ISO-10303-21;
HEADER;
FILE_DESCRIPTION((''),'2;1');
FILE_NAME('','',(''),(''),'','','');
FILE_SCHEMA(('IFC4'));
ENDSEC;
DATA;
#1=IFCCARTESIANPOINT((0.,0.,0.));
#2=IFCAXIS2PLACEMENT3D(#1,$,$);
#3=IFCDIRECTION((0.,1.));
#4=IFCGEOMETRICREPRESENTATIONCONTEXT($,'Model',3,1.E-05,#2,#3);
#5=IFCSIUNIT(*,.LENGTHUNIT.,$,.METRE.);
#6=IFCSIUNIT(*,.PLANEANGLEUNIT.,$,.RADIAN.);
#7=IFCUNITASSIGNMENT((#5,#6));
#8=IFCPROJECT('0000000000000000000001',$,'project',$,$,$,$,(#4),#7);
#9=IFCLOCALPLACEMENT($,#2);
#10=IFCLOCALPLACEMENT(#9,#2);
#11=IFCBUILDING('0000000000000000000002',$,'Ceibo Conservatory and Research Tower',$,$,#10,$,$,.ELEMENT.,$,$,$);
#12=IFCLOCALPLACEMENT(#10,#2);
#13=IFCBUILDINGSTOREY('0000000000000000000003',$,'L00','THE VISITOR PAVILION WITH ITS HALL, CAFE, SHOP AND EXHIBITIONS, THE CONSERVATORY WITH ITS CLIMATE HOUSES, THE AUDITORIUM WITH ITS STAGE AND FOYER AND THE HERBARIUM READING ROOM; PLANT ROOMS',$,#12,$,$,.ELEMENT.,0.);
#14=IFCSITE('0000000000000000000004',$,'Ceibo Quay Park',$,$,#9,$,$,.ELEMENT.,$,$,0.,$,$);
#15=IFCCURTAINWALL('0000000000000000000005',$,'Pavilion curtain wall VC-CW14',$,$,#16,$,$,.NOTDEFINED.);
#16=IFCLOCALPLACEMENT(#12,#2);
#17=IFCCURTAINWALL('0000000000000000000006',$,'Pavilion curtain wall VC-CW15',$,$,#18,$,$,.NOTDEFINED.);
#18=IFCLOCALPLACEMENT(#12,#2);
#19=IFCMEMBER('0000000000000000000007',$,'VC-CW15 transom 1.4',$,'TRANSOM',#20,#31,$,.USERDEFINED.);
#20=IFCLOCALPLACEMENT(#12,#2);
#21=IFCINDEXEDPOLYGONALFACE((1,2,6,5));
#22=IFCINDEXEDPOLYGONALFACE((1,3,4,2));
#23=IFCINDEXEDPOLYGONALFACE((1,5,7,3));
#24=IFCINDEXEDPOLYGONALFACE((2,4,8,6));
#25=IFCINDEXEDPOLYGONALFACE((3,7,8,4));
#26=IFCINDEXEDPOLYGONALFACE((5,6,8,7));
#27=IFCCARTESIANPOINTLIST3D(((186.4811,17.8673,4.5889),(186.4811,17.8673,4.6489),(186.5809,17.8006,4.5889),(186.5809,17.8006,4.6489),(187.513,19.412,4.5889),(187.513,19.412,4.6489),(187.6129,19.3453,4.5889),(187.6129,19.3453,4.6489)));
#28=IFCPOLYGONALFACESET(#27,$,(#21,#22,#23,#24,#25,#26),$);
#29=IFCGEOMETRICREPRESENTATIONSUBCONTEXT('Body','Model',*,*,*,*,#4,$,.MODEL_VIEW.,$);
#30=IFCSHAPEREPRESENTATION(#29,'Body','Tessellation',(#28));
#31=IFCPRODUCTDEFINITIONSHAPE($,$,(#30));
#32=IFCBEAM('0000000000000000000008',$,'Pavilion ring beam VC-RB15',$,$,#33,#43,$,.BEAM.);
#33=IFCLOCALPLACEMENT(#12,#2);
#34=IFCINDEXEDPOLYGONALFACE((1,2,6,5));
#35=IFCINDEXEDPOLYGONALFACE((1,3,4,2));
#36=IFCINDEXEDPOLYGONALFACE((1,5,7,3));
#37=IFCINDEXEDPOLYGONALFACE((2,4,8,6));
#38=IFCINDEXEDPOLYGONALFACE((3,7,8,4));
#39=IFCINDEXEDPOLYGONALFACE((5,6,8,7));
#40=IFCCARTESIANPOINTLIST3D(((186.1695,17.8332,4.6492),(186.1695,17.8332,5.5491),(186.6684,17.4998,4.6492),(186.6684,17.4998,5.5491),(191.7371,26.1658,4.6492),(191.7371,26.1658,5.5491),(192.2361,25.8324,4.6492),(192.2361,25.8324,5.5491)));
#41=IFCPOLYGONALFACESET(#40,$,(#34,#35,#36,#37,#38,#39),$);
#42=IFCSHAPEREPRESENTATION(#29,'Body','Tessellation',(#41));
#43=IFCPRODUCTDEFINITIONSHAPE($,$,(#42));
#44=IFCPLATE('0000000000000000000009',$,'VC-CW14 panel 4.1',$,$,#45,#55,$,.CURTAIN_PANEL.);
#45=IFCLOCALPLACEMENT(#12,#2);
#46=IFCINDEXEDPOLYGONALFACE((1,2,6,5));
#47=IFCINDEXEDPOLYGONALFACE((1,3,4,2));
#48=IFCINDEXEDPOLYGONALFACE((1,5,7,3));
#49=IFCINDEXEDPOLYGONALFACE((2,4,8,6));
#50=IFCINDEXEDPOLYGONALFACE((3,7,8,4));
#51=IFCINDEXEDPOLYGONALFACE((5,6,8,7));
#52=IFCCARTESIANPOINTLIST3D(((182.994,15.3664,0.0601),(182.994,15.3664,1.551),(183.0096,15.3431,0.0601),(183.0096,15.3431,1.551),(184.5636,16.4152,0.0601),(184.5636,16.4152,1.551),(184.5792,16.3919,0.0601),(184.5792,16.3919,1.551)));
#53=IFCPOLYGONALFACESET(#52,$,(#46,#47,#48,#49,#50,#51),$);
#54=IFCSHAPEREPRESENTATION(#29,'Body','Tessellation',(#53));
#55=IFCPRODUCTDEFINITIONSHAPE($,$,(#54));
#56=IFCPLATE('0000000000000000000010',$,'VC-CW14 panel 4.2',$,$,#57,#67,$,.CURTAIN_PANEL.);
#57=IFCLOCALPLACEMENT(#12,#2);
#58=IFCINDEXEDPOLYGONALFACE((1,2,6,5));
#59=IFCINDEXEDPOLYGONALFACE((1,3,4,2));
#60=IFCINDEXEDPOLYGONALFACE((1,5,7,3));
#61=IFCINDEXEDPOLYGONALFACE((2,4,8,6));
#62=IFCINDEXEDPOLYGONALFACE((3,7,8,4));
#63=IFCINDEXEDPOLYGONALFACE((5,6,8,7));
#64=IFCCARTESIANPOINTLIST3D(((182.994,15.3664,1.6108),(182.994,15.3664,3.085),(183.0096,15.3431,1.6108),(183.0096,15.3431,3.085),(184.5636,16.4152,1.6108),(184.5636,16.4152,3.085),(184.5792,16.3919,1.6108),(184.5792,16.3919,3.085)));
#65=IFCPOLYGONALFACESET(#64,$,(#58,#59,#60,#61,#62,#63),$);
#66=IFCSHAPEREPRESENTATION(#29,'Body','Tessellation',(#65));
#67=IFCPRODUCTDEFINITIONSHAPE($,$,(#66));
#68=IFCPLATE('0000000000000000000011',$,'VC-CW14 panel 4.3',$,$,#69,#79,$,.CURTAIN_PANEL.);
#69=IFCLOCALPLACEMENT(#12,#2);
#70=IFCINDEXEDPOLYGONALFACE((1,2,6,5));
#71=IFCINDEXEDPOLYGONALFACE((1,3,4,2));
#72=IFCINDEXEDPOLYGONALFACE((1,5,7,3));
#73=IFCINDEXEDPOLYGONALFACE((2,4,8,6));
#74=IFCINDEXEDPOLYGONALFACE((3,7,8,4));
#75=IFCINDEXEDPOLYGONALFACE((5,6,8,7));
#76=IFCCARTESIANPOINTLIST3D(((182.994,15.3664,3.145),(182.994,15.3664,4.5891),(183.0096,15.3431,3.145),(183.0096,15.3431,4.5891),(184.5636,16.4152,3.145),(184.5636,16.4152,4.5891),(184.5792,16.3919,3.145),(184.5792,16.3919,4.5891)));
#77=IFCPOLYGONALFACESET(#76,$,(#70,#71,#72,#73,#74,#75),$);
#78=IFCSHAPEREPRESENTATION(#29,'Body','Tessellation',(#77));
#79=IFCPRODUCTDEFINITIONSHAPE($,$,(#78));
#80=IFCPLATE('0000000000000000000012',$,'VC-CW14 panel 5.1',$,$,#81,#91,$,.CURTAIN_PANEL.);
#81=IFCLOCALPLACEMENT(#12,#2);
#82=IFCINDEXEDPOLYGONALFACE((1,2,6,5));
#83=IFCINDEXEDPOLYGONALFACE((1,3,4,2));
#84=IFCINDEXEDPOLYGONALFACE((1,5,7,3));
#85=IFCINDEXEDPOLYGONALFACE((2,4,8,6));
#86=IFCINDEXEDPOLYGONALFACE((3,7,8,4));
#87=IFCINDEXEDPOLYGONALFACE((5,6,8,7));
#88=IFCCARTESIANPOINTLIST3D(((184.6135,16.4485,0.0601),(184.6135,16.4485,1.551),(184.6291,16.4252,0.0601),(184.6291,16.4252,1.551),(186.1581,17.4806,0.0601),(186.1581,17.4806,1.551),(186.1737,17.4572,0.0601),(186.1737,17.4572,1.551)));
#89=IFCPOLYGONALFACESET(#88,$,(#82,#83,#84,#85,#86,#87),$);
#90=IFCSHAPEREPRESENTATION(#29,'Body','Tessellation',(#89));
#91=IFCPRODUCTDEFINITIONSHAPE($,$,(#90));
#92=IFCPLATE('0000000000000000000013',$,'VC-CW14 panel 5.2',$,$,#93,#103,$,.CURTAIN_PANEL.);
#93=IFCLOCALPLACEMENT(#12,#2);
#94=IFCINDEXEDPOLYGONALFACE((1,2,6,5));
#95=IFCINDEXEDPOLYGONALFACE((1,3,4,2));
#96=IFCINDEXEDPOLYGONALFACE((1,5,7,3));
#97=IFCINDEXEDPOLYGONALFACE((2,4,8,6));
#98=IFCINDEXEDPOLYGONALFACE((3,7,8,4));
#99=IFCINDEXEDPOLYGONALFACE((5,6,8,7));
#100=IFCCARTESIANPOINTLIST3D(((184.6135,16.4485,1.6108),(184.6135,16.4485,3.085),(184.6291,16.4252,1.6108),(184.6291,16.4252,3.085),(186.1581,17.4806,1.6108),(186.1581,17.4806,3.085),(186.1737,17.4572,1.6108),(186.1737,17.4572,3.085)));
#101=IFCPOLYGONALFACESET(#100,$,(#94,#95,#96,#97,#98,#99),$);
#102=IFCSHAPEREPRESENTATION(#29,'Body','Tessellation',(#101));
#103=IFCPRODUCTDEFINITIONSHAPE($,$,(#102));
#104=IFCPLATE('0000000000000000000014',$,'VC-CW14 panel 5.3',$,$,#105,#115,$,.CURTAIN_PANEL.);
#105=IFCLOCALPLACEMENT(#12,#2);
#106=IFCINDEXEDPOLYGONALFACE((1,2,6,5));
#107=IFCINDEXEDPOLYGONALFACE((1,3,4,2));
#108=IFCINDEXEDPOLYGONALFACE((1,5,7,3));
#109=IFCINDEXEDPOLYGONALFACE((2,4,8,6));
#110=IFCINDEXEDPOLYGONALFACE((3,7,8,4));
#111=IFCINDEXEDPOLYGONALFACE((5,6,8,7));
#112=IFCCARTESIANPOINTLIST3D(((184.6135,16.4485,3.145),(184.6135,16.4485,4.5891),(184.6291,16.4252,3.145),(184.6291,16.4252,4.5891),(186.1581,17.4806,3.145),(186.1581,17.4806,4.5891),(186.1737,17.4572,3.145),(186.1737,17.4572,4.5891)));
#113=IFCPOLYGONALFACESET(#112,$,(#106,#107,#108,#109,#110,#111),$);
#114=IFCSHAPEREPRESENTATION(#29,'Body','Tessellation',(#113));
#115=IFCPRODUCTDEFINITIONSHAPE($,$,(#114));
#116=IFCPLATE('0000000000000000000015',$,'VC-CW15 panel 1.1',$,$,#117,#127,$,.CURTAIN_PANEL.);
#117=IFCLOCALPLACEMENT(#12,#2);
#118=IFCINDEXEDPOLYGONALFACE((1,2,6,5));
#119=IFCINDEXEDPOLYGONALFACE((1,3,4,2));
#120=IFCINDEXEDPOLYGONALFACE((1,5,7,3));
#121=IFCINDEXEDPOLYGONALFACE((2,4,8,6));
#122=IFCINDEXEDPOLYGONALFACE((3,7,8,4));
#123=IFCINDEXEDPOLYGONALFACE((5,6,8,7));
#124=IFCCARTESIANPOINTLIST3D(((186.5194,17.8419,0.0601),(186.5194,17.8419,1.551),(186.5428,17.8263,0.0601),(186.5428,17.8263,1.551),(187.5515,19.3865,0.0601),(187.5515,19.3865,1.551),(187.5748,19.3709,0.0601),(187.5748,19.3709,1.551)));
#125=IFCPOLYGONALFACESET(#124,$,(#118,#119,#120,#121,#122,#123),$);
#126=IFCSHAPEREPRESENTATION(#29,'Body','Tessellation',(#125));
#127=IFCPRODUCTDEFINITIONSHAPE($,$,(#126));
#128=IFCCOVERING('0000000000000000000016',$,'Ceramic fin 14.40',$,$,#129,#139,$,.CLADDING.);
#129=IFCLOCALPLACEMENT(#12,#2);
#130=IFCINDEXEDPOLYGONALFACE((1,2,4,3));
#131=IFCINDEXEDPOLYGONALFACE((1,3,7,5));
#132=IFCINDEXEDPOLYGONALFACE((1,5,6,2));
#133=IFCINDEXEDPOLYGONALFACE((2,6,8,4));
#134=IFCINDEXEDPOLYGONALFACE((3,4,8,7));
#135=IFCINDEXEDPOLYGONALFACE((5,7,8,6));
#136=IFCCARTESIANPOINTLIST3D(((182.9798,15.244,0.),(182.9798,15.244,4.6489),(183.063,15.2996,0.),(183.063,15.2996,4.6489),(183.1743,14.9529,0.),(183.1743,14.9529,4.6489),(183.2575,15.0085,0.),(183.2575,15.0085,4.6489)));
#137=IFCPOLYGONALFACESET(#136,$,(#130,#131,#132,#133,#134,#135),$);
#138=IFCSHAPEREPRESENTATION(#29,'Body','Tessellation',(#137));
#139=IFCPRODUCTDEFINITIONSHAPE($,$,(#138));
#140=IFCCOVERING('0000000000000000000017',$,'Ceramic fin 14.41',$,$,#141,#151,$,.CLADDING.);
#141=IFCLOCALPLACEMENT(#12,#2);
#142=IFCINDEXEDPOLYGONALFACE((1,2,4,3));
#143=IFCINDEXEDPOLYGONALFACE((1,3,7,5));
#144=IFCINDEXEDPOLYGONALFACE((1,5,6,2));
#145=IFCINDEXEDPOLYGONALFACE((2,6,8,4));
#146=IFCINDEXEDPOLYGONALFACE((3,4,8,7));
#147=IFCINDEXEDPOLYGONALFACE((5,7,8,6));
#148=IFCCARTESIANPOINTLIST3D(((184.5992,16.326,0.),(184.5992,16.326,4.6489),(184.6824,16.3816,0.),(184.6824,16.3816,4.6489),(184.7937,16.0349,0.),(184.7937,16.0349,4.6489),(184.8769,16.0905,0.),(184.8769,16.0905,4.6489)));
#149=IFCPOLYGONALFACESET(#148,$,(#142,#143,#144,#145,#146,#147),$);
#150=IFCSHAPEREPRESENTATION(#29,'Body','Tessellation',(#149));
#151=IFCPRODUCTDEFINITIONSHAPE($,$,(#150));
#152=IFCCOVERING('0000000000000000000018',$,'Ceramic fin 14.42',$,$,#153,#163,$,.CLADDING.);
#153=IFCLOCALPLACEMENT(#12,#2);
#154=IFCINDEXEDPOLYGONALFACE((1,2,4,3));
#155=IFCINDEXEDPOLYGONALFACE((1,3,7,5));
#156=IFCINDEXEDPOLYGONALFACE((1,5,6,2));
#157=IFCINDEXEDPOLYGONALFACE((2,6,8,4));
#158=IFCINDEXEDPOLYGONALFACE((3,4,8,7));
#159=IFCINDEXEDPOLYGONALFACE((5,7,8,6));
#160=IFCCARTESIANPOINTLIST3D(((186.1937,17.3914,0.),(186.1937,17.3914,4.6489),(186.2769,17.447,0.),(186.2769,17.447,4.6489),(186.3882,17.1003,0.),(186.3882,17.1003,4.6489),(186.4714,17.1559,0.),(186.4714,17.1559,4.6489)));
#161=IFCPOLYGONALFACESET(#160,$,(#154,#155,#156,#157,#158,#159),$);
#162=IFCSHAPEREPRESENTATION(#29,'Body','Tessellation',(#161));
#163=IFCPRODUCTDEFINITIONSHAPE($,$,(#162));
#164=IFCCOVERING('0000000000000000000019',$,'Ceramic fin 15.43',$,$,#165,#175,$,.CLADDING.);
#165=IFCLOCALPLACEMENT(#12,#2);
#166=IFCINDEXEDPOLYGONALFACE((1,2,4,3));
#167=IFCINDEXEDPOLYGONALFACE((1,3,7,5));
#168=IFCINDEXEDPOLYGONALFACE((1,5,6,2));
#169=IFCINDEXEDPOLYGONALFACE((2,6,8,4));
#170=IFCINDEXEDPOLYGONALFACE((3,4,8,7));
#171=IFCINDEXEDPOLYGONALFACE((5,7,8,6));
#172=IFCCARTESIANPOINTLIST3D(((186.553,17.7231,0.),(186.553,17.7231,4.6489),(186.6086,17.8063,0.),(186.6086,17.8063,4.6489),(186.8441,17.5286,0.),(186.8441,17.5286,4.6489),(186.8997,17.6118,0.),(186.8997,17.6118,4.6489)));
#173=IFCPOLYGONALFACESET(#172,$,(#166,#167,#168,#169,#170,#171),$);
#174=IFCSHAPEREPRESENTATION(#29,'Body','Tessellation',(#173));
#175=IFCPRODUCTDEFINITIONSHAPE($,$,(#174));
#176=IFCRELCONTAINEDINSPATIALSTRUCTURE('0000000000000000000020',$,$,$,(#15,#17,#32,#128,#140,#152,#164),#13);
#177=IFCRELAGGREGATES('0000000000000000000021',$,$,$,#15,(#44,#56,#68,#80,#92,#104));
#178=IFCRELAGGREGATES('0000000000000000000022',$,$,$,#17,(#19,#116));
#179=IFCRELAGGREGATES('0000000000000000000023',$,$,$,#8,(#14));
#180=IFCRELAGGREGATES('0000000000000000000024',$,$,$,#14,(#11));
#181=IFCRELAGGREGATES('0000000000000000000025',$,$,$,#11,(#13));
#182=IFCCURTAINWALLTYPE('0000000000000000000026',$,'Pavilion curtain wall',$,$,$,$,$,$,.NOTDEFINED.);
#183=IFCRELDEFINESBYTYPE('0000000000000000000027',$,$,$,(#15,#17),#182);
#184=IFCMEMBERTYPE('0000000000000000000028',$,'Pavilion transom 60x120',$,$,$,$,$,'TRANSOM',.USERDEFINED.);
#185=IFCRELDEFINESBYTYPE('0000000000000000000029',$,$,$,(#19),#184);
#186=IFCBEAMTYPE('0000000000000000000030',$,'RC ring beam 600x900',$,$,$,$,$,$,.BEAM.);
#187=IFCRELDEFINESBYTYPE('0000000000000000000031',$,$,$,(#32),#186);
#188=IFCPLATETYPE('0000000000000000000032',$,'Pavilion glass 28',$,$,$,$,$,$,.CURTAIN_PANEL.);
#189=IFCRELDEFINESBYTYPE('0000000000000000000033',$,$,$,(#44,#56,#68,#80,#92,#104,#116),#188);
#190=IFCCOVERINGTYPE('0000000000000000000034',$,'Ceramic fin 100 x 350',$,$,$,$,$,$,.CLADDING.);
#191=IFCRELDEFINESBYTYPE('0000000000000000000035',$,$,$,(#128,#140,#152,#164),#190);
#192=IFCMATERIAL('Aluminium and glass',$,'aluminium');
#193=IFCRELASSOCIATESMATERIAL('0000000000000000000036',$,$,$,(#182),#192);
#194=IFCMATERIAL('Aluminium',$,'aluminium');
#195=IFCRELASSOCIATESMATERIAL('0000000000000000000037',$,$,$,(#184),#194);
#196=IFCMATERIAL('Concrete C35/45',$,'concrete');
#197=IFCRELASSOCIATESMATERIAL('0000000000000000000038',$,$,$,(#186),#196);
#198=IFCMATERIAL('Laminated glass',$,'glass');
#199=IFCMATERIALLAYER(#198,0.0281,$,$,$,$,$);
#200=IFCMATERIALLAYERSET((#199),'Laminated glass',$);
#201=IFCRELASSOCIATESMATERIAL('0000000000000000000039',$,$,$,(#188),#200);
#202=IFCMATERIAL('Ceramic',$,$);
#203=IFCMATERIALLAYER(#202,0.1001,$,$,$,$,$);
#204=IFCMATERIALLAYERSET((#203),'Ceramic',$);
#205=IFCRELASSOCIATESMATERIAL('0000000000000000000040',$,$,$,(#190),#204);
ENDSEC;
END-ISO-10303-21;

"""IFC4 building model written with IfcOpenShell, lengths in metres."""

from ifc_helpers import new_model, si_unit, direction, frame, origin, origin_2d, place, context, subcontext, project, spatial, rectangle, extrude, material, layer, layer_set, material_profile, profile_set, type_object, element, aggregate, save


model = new_model("IFC4")

# Units and contexts
model_context = context("Model", 3, precision=1e-05, world=origin(), true_north=direction((0.0, 1.0)))
body_context = subcontext(model_context, "Body", "Model", "MODEL_VIEW")
ifc_project = project(units=[si_unit("LENGTHUNIT", "METRE"), si_unit("PLANEANGLEUNIT", "RADIAN")], contexts=[model_context])

# Site, building, storey
site_placement = place(None, origin())
site = spatial("IfcSite", under=ifc_project, at=site_placement, Name="Ceibo Quay Park", CompositionType="ELEMENT", RefElevation=0.0)
building_placement = place(site_placement, origin())
building = spatial("IfcBuilding", under=site, at=building_placement, Name="Ceibo Conservatory and Research Tower", CompositionType="ELEMENT")
storey_placement = place(building_placement, origin())
storey = spatial("IfcBuildingStorey", under=building, at=storey_placement, Name="L00", Description="THE VISITOR PAVILION WITH ITS HALL, CAFE, SHOP AND EXHIBITIONS, THE CONSERVATORY WITH ITS CLIMATE HOUSES, THE AUDITORIUM WITH ITS STAGE AND FOYER AND THE HERBARIUM READING ROOM; PLANT ROOMS", CompositionType="ELEMENT", Elevation=0.0)

# Shared definitions
ifc_material_1 = material(Name="Concrete C35/45", Category="concrete")

# Curtain wall
ifc_material_2 = material(Name="Aluminium and glass", Category="aluminium")
curtain_wall_type = type_object("IfcCurtainWallType", Name="Pavilion curtain wall", PredefinedType="NOTDEFINED", material=ifc_material_2)
curtain_wall_1_placement = place(storey_placement, origin())
curtain_wall_1 = element("IfcCurtainWall", 1, at=curtain_wall_1_placement, inside=storey, type_object=curtain_wall_type, Name="Pavilion curtain wall VC-CW14", PredefinedType="NOTDEFINED")
ifc_material_3 = material(Name="Aluminium", Category="aluminium")

# Curtain wall
curtain_wall_2_placement = place(storey_placement, origin())
curtain_wall_2 = element("IfcCurtainWall", 2, at=curtain_wall_2_placement, inside=storey, type_object=curtain_wall_type, Name="Pavilion curtain wall VC-CW15", PredefinedType="NOTDEFINED")

# Member
ifc_material_profile_1 = material_profile(ifc_material_3, rectangle(XDim=0.1201, YDim=0.0601, at=origin_2d()), Name="AL 60x120")
ifc_profile_set_1 = profile_set([ifc_material_profile_1], Name="Aluminium")
member_type_1 = type_object("IfcMemberType", Name="Pavilion transom 60x120", ElementType="TRANSOM", PredefinedType="USERDEFINED", material=ifc_profile_set_1)
member_1_placement = place(storey_placement, frame((186.531, 17.834, 4.6189), z_axis=(0.555519, 0.831504, 0.0), x_axis=(-0.831504, 0.555519, 0.0)))
member_1 = element("IfcMember", 3, at=member_1_placement, type_object=member_type_1, Name="VC-CW15 transom 1.4", ObjectType="TRANSOM", PredefinedType="USERDEFINED", context=body_context, shape_type="SweptSolid", body=[
    extrude(rectangle(XDim=0.1201, YDim=0.0601, at=origin_2d()), origin(), (0.0, 0.0, 1.0), 1.8577),
])

# Beam
ifc_material_profile_2 = material_profile(ifc_material_1, rectangle(XDim=0.6001, YDim=0.8999, at=origin_2d()), Name="RC 600x900")
ifc_profile_set_2 = profile_set([ifc_material_profile_2], Name="Concrete C35/45")
beam_type = type_object("IfcBeamType", Name="RC ring beam 600x900", PredefinedType="BEAM", material=ifc_profile_set_2)
beam_placement = place(storey_placement, frame((186.4189, 17.6665, 5.0991), z_axis=(0.555571, 0.831469, 0.0), x_axis=(-0.831469, 0.555571, 0.0)))
element("IfcBeam", 4, at=beam_placement, inside=storey, type_object=beam_type, Name="Pavilion ring beam VC-RB15", PredefinedType="BEAM", context=body_context, shape_type="SweptSolid", body=[
    extrude(rectangle(XDim=0.6001, YDim=0.8999, at=origin_2d()), origin(), (0.0, 0.0, 1.0), 10.0215),
])

# Plates
ifc_material_4 = material(Name="Laminated glass", Category="glass")
ifc_layer_1 = layer(ifc_material_4, 0.0281)
ifc_layer_set_1 = layer_set([ifc_layer_1], Name="Laminated glass")
plate_type = type_object("IfcPlateType", Name="Pavilion glass 28", PredefinedType="CURTAIN_PANEL", material=ifc_layer_set_1)
plate_1_placement = place(storey_placement, frame((183.7866, 15.8792, 0.0601), z_axis=(0.0, 0.0, 1.0), x_axis=(0.83147, 0.55557, 0.0)))
plate_1 = element("IfcPlate", 5, at=plate_1_placement, type_object=plate_type, Name="VC-CW14 panel 4.1", PredefinedType="CURTAIN_PANEL", context=body_context, shape_type="SweptSolid", body=[
    extrude(rectangle(XDim=1.8877, YDim=0.0281, at=origin_2d()), origin(), (0.0, 0.0, 1.0), 1.491),
])
plate_2_placement = place(storey_placement, frame((183.7866, 15.8792, 1.6108), z_axis=(0.0, 0.0, 1.0), x_axis=(0.83147, 0.55557, 0.0)))
plate_2 = element("IfcPlate", 6, at=plate_2_placement, type_object=plate_type, Name="VC-CW14 panel 4.2", PredefinedType="CURTAIN_PANEL", context=body_context, shape_type="SweptSolid", body=[
    extrude(rectangle(XDim=1.8877, YDim=0.0281, at=origin_2d()), origin(), (0.0, 0.0, 1.0), 1.4741),
])
plate_3_placement = place(storey_placement, frame((183.7866, 15.8792, 3.145), z_axis=(0.0, 0.0, 1.0), x_axis=(0.83147, 0.55557, 0.0)))
plate_3 = element("IfcPlate", 7, at=plate_3_placement, type_object=plate_type, Name="VC-CW14 panel 4.3", PredefinedType="CURTAIN_PANEL", context=body_context, shape_type="SweptSolid", body=[
    extrude(rectangle(XDim=1.8877, YDim=0.0281, at=origin_2d()), origin(), (0.0, 0.0, 1.0), 1.4441),
])
plate_4_placement = place(storey_placement, frame((185.3936, 16.9529, 0.0601), z_axis=(0.0, 0.0, 1.0), x_axis=(0.83147, 0.55557, 0.0)))
plate_4 = element("IfcPlate", 8, at=plate_4_placement, type_object=plate_type, Name="VC-CW14 panel 5.1", PredefinedType="CURTAIN_PANEL", context=body_context, shape_type="SweptSolid", body=[
    extrude(rectangle(XDim=1.8577, YDim=0.0281, at=origin_2d()), origin(), (0.0, 0.0, 1.0), 1.491),
])
plate_5_placement = place(storey_placement, frame((185.3936, 16.9529, 1.6108), z_axis=(0.0, 0.0, 1.0), x_axis=(0.83147, 0.55557, 0.0)))
plate_5 = element("IfcPlate", 9, at=plate_5_placement, type_object=plate_type, Name="VC-CW14 panel 5.2", PredefinedType="CURTAIN_PANEL", context=body_context, shape_type="SweptSolid", body=[
    extrude(rectangle(XDim=1.8577, YDim=0.0281, at=origin_2d()), origin(), (0.0, 0.0, 1.0), 1.4741),
])
plate_6_placement = place(storey_placement, frame((185.3936, 16.9529, 3.145), z_axis=(0.0, 0.0, 1.0), x_axis=(0.83147, 0.55557, 0.0)))
plate_6 = element("IfcPlate", 10, at=plate_6_placement, type_object=plate_type, Name="VC-CW14 panel 5.3", PredefinedType="CURTAIN_PANEL", context=body_context, shape_type="SweptSolid", body=[
    extrude(rectangle(XDim=1.8577, YDim=0.0281, at=origin_2d()), origin(), (0.0, 0.0, 1.0), 1.4441),
])
aggregate(curtain_wall_1, [plate_1, plate_2, plate_3, plate_4, plate_5, plate_6])
plate_7_placement = place(storey_placement, frame((187.0471, 18.6064, 0.0601), z_axis=(0.0, 0.0, 1.0), x_axis=(0.55557, 0.83147, 0.0)))
plate_7 = element("IfcPlate", 11, at=plate_7_placement, type_object=plate_type, Name="VC-CW15 panel 1.1", PredefinedType="CURTAIN_PANEL", context=body_context, shape_type="SweptSolid", body=[
    extrude(rectangle(XDim=1.8577, YDim=0.0281, at=origin_2d()), origin(), (0.0, 0.0, 1.0), 1.491),
])
aggregate(curtain_wall_2, [member_1, plate_7])

# Coverings
ifc_material_5 = material(Name="Ceramic")
ifc_layer_2 = layer(ifc_material_5, 0.1001)
ifc_layer_set_2 = layer_set([ifc_layer_2], Name="Ceramic")
covering_type = type_object("IfcCoveringType", Name="Ceramic fin 100 x 350", PredefinedType="CLADDING", material=ifc_layer_set_2)
for number, where, z_axis, x_axis, name in (
    (12, (183.1187, 15.1262, 0.0), (0.0, 0.0, 1.0), (-0.83147, -0.55557, 0.0), "Ceramic fin 14.40"),
    (13, (184.738, 16.2083, 0.0), (0.0, 0.0, 1.0), (-0.83147, -0.55557, 0.0), "Ceramic fin 14.41"),
    (14, (186.3325, 17.2737, 0.0), (0.0, 0.0, 1.0), (-0.83147, -0.55557, 0.0), "Ceramic fin 14.42"),
    (15, (186.7263, 17.6675, 0.0), (0.0, 0.0, 1.0), (-0.55557, -0.83147, 0.0), "Ceramic fin 15.43"),
):
    element("IfcCovering", number, at=place(storey_placement, frame(where, z_axis=z_axis, x_axis=x_axis)), inside=storey, type_object=covering_type, Name=name, PredefinedType="CLADDING", context=body_context, shape_type="SweptSolid", body=[
        extrude(rectangle(XDim=0.1001, YDim=0.3501, at=origin_2d()), origin(), (0.0, 0.0, 1.0), 4.6489),
    ])

save(model, "model.ifc")
